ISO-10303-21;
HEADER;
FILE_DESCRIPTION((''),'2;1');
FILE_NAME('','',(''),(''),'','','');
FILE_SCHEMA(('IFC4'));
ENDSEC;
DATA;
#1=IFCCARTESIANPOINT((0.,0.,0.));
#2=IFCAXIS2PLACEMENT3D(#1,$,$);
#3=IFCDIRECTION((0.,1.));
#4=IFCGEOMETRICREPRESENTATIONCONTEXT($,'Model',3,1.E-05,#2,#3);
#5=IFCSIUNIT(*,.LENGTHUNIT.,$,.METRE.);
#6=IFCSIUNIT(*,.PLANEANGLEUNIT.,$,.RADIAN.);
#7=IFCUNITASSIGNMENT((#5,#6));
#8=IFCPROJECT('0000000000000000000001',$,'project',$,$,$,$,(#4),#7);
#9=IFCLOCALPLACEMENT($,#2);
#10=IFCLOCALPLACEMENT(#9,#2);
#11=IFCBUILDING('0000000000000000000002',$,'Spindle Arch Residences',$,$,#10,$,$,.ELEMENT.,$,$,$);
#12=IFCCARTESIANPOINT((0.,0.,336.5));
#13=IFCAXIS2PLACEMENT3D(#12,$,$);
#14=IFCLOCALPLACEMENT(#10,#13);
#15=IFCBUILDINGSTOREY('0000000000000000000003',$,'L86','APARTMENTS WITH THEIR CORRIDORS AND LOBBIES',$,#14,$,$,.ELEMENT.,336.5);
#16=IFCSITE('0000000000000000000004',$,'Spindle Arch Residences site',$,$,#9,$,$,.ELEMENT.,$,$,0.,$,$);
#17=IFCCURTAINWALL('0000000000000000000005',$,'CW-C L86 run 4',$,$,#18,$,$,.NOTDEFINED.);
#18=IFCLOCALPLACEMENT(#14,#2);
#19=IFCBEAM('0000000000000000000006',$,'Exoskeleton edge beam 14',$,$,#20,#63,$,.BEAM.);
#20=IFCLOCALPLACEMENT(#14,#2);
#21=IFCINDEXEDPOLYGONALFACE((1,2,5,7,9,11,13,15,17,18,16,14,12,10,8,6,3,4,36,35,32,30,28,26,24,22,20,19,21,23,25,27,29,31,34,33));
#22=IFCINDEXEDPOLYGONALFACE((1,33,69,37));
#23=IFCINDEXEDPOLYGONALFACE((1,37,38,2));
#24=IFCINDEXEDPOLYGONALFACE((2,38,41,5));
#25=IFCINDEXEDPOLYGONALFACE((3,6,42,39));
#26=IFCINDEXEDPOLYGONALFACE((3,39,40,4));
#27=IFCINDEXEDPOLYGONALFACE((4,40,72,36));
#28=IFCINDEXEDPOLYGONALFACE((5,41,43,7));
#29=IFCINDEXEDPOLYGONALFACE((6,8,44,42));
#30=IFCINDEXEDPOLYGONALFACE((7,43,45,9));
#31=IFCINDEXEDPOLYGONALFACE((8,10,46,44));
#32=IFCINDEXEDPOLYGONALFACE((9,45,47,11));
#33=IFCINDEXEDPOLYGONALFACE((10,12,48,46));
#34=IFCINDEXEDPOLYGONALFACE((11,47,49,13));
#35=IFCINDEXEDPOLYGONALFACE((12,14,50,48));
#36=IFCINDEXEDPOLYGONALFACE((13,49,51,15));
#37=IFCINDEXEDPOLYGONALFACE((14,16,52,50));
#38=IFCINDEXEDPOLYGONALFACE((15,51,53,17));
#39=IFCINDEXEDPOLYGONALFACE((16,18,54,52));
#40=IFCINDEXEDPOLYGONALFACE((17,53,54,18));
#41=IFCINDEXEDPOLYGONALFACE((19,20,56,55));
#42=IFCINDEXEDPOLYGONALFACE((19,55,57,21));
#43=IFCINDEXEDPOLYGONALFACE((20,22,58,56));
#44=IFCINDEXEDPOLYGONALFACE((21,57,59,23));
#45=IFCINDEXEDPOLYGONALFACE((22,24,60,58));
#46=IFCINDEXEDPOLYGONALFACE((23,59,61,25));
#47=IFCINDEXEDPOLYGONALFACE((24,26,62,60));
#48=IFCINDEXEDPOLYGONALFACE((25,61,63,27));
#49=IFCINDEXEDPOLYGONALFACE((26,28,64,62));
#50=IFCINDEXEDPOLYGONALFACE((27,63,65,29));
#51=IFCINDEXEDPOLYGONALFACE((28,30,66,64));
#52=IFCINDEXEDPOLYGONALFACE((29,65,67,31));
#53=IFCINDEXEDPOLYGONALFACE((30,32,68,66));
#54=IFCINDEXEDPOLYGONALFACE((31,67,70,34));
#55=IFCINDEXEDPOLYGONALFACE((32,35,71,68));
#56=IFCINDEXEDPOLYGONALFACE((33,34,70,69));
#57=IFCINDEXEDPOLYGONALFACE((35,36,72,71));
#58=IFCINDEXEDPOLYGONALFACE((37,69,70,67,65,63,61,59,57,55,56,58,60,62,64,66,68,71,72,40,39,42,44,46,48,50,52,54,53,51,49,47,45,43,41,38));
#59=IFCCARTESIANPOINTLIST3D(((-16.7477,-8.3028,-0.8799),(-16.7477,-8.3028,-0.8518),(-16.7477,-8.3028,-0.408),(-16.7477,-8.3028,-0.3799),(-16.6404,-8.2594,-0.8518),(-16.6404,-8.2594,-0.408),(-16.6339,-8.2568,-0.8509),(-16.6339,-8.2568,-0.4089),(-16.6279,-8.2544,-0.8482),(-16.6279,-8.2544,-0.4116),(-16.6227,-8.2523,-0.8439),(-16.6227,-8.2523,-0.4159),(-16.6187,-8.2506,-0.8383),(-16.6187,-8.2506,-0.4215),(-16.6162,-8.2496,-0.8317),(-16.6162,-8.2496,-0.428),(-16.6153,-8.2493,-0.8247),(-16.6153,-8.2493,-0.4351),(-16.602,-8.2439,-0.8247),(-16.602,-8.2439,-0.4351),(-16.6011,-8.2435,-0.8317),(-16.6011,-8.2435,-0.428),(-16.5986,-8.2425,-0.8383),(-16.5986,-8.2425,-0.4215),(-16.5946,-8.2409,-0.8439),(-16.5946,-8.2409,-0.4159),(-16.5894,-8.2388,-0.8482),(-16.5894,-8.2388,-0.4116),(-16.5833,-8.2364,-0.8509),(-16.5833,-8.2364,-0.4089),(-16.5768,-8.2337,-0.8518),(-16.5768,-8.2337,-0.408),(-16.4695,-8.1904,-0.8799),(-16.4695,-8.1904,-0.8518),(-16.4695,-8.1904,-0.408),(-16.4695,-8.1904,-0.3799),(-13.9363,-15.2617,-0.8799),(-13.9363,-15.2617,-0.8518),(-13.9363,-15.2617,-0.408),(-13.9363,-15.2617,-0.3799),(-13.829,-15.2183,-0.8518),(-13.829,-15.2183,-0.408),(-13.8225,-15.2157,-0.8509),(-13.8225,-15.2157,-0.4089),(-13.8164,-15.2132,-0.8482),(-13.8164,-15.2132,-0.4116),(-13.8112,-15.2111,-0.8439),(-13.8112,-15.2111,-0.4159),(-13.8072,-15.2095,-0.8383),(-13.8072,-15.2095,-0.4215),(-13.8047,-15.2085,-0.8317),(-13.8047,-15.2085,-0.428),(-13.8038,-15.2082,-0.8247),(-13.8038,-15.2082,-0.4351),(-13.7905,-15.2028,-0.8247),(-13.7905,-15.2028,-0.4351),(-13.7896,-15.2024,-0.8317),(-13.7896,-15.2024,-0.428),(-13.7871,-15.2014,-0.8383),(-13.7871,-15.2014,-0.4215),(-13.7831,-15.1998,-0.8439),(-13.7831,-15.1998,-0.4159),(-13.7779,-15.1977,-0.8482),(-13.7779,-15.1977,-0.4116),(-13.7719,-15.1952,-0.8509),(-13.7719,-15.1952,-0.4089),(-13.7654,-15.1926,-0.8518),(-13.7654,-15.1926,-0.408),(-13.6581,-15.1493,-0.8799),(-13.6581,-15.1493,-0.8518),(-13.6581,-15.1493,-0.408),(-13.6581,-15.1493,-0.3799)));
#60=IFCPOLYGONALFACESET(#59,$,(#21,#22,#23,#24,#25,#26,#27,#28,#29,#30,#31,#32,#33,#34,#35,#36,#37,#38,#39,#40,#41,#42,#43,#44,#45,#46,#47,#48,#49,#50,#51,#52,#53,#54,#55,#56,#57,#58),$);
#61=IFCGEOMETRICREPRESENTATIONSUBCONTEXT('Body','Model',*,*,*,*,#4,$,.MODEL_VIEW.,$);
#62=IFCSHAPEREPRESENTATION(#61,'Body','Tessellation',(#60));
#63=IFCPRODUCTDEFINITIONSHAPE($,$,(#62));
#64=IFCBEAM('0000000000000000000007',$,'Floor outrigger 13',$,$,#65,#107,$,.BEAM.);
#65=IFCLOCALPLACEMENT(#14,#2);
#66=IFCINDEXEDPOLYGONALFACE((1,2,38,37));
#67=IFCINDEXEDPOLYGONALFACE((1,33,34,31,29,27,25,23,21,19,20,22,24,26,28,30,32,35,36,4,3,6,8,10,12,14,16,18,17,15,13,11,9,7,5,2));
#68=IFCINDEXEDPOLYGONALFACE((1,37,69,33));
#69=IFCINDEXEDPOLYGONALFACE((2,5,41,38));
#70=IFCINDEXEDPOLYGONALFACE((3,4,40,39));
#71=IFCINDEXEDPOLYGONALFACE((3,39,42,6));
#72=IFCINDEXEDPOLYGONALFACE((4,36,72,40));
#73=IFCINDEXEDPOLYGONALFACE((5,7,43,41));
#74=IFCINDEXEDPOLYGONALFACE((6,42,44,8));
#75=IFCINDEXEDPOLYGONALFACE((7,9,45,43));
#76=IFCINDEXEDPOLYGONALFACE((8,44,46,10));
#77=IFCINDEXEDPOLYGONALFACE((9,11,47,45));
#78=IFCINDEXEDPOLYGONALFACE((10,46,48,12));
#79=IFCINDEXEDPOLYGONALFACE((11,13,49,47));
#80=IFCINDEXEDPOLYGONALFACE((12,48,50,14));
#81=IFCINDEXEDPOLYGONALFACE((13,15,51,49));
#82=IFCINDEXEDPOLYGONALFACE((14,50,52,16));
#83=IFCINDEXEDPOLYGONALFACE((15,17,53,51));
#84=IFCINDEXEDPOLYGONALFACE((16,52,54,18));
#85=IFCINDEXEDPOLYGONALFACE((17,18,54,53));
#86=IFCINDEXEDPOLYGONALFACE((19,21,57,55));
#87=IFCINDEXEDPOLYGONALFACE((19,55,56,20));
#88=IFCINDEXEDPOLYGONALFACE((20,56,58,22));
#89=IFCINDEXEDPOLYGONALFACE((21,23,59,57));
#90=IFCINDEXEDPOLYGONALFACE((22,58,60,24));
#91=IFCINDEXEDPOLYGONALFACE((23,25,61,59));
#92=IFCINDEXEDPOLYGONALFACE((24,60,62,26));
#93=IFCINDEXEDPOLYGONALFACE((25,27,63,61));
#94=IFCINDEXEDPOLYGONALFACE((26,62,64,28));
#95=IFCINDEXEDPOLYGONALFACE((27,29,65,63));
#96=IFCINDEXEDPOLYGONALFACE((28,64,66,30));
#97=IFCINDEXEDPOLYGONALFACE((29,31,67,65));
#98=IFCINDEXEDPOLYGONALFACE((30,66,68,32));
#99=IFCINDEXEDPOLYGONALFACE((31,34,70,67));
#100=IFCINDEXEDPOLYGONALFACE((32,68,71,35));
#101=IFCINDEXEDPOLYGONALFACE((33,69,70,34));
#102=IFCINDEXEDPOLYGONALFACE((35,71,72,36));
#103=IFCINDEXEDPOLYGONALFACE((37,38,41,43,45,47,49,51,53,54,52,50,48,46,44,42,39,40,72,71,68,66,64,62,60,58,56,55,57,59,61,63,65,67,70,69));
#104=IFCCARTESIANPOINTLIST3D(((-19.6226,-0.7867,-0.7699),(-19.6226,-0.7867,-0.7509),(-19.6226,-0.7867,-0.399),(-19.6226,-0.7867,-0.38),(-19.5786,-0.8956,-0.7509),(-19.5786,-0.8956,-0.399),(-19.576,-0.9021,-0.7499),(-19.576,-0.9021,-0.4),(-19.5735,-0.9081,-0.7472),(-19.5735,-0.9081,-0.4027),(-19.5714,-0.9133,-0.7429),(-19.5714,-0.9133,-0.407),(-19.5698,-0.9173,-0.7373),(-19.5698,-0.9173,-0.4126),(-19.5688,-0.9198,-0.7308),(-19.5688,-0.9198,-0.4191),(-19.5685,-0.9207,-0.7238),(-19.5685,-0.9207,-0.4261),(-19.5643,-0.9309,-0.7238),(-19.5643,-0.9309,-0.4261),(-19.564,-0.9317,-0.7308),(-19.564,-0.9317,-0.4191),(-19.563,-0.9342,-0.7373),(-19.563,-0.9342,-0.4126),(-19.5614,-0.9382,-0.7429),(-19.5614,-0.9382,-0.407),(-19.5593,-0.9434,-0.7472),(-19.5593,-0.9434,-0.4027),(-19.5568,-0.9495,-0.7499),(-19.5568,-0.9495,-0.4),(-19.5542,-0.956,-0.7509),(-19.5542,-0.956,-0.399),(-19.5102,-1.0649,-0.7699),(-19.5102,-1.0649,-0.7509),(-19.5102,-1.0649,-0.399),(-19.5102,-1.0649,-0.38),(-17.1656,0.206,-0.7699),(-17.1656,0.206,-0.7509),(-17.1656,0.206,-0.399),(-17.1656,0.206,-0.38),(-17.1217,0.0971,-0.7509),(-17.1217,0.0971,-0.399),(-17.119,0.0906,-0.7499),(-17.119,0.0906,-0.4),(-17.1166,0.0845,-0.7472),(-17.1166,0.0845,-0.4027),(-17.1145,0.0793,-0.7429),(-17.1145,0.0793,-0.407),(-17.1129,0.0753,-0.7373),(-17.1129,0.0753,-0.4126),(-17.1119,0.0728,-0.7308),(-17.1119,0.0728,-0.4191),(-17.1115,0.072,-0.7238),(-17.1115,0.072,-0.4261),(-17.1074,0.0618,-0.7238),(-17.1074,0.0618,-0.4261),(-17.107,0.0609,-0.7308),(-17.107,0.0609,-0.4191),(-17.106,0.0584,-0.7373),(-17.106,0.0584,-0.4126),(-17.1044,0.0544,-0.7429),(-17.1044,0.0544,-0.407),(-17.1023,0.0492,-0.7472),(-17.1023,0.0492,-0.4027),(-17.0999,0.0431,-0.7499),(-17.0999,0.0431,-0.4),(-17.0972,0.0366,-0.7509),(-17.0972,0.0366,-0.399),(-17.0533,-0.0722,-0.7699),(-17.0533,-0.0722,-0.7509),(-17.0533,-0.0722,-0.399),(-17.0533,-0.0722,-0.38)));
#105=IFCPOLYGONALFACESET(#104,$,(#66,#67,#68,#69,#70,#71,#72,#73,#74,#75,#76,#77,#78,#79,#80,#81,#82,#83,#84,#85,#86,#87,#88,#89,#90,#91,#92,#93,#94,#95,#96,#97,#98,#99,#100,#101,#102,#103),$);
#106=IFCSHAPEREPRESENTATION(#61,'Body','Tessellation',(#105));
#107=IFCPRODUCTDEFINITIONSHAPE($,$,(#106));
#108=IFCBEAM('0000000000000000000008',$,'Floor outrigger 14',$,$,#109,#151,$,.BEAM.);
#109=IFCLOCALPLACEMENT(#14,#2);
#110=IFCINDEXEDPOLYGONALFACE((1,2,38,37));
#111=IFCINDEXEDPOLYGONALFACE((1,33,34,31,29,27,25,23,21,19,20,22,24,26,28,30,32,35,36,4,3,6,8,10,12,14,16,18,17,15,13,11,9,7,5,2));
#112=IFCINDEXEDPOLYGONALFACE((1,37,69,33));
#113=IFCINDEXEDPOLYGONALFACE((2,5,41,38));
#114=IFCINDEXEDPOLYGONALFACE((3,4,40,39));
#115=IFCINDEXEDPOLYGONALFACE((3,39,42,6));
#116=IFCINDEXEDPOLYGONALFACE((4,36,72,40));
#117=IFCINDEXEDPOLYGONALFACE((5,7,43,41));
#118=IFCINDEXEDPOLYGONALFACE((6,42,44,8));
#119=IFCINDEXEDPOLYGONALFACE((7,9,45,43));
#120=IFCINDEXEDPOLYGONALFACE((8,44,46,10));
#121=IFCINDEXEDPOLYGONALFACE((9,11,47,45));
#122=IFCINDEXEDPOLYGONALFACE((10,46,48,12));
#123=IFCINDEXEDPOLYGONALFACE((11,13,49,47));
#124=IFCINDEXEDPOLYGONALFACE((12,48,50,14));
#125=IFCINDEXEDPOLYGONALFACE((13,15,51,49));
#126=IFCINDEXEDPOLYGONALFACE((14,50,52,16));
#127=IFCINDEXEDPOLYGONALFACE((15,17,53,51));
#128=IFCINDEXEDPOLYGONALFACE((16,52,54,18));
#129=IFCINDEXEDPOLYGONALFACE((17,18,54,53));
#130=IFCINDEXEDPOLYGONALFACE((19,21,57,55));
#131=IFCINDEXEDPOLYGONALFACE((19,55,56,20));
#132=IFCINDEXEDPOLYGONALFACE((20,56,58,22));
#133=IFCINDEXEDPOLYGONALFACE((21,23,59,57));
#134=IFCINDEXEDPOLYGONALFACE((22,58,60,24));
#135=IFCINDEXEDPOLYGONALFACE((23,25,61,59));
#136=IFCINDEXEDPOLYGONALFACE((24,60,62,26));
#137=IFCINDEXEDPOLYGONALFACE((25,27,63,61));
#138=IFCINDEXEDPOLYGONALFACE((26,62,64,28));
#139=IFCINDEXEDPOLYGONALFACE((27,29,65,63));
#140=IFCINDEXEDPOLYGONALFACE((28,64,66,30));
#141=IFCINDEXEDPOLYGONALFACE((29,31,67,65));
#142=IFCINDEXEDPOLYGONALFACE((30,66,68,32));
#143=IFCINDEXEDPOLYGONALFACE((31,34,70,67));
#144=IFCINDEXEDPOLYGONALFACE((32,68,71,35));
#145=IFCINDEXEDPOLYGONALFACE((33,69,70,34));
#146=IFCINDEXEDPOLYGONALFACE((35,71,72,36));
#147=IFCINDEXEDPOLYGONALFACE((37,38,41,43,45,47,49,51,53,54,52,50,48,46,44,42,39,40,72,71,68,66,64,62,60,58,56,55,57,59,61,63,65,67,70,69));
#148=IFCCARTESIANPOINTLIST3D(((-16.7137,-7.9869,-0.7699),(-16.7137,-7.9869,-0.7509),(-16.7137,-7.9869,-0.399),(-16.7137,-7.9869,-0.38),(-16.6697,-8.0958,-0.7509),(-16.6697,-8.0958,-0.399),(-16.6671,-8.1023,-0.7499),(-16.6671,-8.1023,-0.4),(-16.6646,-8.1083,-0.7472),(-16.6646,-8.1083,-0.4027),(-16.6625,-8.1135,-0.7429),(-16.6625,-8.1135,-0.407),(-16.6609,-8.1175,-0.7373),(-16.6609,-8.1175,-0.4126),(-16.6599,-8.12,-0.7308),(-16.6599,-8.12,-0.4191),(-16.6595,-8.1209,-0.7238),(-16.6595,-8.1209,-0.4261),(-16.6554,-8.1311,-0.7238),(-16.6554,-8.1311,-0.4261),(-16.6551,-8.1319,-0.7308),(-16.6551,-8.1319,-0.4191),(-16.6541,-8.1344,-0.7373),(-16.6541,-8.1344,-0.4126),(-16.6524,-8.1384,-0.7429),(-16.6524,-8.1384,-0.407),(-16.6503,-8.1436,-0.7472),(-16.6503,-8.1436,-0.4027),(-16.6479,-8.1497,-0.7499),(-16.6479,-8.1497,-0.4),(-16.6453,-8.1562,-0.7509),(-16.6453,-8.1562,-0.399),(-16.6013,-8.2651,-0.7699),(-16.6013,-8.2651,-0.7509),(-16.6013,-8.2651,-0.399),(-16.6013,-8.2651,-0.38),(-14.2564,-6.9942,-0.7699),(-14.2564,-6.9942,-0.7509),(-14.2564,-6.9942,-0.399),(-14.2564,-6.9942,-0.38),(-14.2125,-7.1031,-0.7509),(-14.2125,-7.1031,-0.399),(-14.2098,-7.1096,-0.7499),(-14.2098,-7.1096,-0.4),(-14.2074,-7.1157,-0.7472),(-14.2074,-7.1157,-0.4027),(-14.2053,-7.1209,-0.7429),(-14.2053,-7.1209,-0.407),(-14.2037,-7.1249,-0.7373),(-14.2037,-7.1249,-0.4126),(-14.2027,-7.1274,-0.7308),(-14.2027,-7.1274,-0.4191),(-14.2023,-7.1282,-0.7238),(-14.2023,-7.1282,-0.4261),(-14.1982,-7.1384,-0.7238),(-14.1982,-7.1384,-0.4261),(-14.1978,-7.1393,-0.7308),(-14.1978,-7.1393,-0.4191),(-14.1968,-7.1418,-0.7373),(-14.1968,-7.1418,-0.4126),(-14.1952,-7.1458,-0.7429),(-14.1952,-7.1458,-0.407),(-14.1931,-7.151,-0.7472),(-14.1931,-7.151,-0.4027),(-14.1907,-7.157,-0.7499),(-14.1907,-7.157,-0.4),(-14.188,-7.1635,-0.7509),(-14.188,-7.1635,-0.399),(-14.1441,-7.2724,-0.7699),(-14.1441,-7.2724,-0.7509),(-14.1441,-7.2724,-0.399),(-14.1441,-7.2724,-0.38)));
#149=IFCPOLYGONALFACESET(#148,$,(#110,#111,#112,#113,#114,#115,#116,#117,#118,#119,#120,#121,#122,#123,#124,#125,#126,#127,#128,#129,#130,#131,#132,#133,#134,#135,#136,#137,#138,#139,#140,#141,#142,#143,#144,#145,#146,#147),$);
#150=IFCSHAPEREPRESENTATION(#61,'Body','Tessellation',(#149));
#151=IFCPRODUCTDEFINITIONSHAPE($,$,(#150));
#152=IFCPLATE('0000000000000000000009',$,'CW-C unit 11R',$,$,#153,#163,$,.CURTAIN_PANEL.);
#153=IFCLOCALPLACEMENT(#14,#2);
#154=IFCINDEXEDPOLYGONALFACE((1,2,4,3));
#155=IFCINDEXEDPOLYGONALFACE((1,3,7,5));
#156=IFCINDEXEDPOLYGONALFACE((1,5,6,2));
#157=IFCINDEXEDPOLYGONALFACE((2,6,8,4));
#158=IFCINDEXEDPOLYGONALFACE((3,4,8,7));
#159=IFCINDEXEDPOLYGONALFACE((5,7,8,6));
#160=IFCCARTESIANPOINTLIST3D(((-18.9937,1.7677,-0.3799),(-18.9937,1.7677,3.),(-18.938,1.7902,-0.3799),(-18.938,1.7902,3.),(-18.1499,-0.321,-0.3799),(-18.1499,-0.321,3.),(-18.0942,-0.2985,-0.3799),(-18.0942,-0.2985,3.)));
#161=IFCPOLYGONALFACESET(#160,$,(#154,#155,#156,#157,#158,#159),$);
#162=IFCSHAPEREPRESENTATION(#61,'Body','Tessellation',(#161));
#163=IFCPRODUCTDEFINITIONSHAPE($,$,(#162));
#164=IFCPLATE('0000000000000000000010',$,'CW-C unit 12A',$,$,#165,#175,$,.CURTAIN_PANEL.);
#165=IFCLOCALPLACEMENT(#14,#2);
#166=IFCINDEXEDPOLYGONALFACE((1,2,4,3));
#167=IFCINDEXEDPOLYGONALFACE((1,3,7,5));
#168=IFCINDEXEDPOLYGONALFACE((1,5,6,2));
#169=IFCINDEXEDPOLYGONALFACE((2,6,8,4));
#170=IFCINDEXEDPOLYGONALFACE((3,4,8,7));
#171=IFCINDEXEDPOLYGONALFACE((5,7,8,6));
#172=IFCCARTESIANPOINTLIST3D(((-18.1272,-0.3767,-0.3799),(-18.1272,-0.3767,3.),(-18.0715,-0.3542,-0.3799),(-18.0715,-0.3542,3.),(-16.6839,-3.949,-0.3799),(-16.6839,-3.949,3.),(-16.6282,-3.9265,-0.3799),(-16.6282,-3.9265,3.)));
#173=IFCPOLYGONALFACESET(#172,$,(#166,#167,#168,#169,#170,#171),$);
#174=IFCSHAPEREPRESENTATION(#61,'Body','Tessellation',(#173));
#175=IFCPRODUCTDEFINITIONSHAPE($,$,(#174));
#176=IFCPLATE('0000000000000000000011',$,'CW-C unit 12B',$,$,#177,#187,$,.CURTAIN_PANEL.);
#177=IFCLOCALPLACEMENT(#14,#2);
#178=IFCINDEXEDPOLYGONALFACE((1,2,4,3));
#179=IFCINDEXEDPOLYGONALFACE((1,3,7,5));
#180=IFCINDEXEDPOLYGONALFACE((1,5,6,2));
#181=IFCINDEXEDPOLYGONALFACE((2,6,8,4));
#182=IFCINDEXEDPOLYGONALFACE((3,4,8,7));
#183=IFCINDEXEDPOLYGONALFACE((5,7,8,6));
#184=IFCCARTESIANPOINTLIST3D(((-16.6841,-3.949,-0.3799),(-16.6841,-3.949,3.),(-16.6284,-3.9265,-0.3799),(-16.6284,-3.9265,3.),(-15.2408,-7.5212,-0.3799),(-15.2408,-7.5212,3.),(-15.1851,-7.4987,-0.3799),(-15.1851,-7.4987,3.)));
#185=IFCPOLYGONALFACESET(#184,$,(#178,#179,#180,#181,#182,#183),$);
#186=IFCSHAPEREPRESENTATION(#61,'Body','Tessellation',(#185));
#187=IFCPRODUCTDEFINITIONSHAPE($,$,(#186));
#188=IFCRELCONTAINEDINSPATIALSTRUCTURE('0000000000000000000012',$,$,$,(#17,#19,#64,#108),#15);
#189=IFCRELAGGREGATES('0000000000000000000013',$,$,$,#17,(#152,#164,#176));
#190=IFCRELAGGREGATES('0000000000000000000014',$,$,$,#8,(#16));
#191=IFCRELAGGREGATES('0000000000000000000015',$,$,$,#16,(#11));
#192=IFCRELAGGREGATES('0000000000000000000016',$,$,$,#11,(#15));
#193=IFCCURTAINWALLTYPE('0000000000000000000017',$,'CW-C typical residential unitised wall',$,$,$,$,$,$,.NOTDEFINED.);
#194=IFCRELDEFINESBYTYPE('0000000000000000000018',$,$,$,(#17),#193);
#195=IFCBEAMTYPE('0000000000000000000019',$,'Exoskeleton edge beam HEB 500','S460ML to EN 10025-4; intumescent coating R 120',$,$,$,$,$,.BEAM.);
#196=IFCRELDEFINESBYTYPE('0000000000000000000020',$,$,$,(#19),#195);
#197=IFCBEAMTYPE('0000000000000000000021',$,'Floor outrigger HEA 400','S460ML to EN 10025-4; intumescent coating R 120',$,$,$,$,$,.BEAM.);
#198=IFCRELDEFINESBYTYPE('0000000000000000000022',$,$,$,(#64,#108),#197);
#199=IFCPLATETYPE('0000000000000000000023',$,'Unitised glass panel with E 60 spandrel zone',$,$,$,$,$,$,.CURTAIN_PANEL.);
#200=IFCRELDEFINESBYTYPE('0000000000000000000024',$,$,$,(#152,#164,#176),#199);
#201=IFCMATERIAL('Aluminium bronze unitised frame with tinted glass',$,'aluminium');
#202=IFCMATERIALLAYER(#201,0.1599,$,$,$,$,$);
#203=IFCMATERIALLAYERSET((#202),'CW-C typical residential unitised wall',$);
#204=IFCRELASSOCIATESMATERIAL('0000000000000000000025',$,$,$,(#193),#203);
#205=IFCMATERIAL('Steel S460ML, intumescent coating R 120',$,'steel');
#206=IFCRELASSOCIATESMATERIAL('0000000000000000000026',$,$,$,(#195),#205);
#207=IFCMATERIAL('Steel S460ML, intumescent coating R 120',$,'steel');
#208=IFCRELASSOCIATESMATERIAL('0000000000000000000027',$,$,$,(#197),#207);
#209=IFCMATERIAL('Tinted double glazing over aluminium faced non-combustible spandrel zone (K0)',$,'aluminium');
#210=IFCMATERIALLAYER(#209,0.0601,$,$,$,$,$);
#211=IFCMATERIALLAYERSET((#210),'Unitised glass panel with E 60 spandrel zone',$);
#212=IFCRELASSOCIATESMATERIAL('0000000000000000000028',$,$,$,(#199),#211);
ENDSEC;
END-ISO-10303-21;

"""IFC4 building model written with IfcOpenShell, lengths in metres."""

from ifc_helpers import new_model, si_unit, direction, frame, origin, origin_2d, place, context, subcontext, project, spatial, rectangle, i_section, extrude, material, layer, layer_set, material_profile, profile_set, type_object, element, aggregate, save


model = new_model("IFC4")

# Units and contexts
model_context = context("Model", 3, precision=1e-05, world=origin(), true_north=direction((0.0, 1.0)))
body_context = subcontext(model_context, "Body", "Model", "MODEL_VIEW")
ifc_project = project(units=[si_unit("LENGTHUNIT", "METRE"), si_unit("PLANEANGLEUNIT", "RADIAN")], contexts=[model_context])

# Site, building, storey
site_placement = place(None, origin())
site = spatial("IfcSite", under=ifc_project, at=site_placement, Name="Spindle Arch Residences site", CompositionType="ELEMENT", RefElevation=0.0)
building_placement = place(site_placement, origin())
building = spatial("IfcBuilding", under=site, at=building_placement, Name="Spindle Arch Residences", CompositionType="ELEMENT")
storey_placement = place(building_placement, frame((0.0, 0.0, 336.5)))
storey = spatial("IfcBuildingStorey", under=building, at=storey_placement, Name="L86", Description="APARTMENTS WITH THEIR CORRIDORS AND LOBBIES", CompositionType="ELEMENT", Elevation=336.5)

# Curtain wall
ifc_material_1 = material(Name="Aluminium bronze unitised frame with tinted glass", Category="aluminium")
ifc_layer_1 = layer(ifc_material_1, 0.1599)
ifc_layer_set_1 = layer_set([ifc_layer_1], Name="CW-C typical residential unitised wall")
curtain_wall_type = type_object("IfcCurtainWallType", Name="CW-C typical residential unitised wall", PredefinedType="NOTDEFINED", material=ifc_layer_set_1)
curtain_wall_placement = place(storey_placement, origin())
curtain_wall = element("IfcCurtainWall", 1, at=curtain_wall_placement, inside=storey, type_object=curtain_wall_type, Name="CW-C L86 run 4", PredefinedType="NOTDEFINED")

# Beams
ifc_material_2 = material(Name="Steel S460ML, intumescent coating R 120", Category="steel")
ifc_material_profile_1 = material_profile(ifc_material_2, i_section(OverallWidth=0.3, OverallDepth=0.5, WebThickness=0.0144, FlangeThickness=0.0281, FilletRadius=0.0271, at=origin_2d()), Name="HEB 500")
ifc_profile_set_1 = profile_set([ifc_material_profile_1], Name="Steel S460ML, intumescent coating R 120")
beam_type_1 = type_object("IfcBeamType", Name="Exoskeleton edge beam HEB 500", Description="S460ML to EN 10025-4; intumescent coating R 120", PredefinedType="BEAM", material=ifc_profile_set_1)
for number, where, z_axis, x_axis, name in (
    (2, (-16.6086, -8.2466, -0.6299), (0.374596, -0.927188, 0.0), (0.927188, 0.374596, 0.0), "Exoskeleton edge beam 14"),
):
    element("IfcBeam", number, at=place(storey_placement, frame(where, z_axis=z_axis, x_axis=x_axis)), inside=storey, type_object=beam_type_1, Name=name, PredefinedType="BEAM", context=body_context, shape_type="SweptSolid", body=[
        extrude(i_section(OverallWidth=0.3, OverallDepth=0.5, WebThickness=0.0144, FlangeThickness=0.0281, FilletRadius=0.0271, at=origin_2d()), origin(), (0.0, 0.0, 1.0), 7.5054),
    ])
ifc_material_3 = material(Name="Steel S460ML, intumescent coating R 120", Category="steel")
ifc_material_profile_2 = material_profile(ifc_material_3, i_section(OverallWidth=0.3, OverallDepth=0.3899, WebThickness=0.011, FlangeThickness=0.019, FilletRadius=0.0271, at=origin_2d()), Name="HEA 400")
ifc_profile_set_2 = profile_set([ifc_material_profile_2], Name="Steel S460ML, intumescent coating R 120")
beam_type_2 = type_object("IfcBeamType", Name="Floor outrigger HEA 400", Description="S460ML to EN 10025-4; intumescent coating R 120", PredefinedType="BEAM", material=ifc_profile_set_2)
beam_1_placement = place(storey_placement, frame((-19.5664, -0.9258, -0.575), z_axis=(0.927188, 0.374597, 0.0), x_axis=(-0.374597, 0.927188, 0.0)))
element("IfcBeam", 3, at=beam_1_placement, inside=storey, type_object=beam_type_2, Name="Floor outrigger 13", PredefinedType="BEAM", context=body_context, shape_type="SweptSolid", body=[
    extrude(i_section(OverallWidth=0.3, OverallDepth=0.3899, WebThickness=0.011, FlangeThickness=0.019, FilletRadius=0.0271, at=origin_2d()), origin(), (0.0, 0.0, 1.0), 2.6499),
])
beam_2_placement = place(storey_placement, frame((-16.6575, -8.126, -0.575), z_axis=(0.927201, 0.374565, 0.0), x_axis=(-0.374565, 0.927201, 0.0)))
element("IfcBeam", 4, at=beam_2_placement, inside=storey, type_object=beam_type_2, Name="Floor outrigger 14", PredefinedType="BEAM", context=body_context, shape_type="SweptSolid", body=[
    extrude(i_section(OverallWidth=0.3, OverallDepth=0.3899, WebThickness=0.011, FlangeThickness=0.019, FilletRadius=0.0271, at=origin_2d()), origin(), (0.0, 0.0, 1.0), 2.6501),
])

# Plates
ifc_material_4 = material(Name="Tinted double glazing over aluminium faced non-combustible spandrel zone (K0)", Category="aluminium")
ifc_layer_2 = layer(ifc_material_4, 0.0601)
ifc_layer_set_2 = layer_set([ifc_layer_2], Name="Unitised glass panel with E 60 spandrel zone")
plate_type = type_object("IfcPlateType", Name="Unitised glass panel with E 60 spandrel zone", PredefinedType="CURTAIN_PANEL", material=ifc_layer_set_2)
plate_1_placement = place(storey_placement, frame((-18.5439, 0.7346, -0.3799), z_axis=(0.0, 0.0, 1.0), x_axis=(0.374607, -0.927184, 0.0)))
plate_1 = element("IfcPlate", 5, at=plate_1_placement, type_object=plate_type, Name="CW-C unit 11R", PredefinedType="CURTAIN_PANEL", context=body_context, shape_type="SweptSolid", body=[
    extrude(rectangle(XDim=2.2527, YDim=0.0601, at=origin_2d()), origin(), (0.0, 0.0, 1.0), 3.3799),
])
plate_2_placement = place(storey_placement, frame((-17.3777, -2.1516, -0.3799), z_axis=(0.0, 0.0, 1.0), x_axis=(0.374607, -0.927184, 0.0)))
plate_2 = element("IfcPlate", 6, at=plate_2_placement, type_object=plate_type, Name="CW-C unit 12A", PredefinedType="CURTAIN_PANEL", context=body_context, shape_type="SweptSolid", body=[
    extrude(rectangle(XDim=3.8528, YDim=0.0601, at=origin_2d()), origin(), (0.0, 0.0, 1.0), 3.3799),
])
plate_3_placement = place(storey_placement, frame((-15.9346, -5.7239, -0.3799), z_axis=(0.0, 0.0, 1.0), x_axis=(0.374607, -0.927184, 0.0)))
plate_3 = element("IfcPlate", 7, at=plate_3_placement, type_object=plate_type, Name="CW-C unit 12B", PredefinedType="CURTAIN_PANEL", context=body_context, shape_type="SweptSolid", body=[
    extrude(rectangle(XDim=3.8528, YDim=0.0601, at=origin_2d()), origin(), (0.0, 0.0, 1.0), 3.3799),
])
aggregate(curtain_wall, [plate_1, plate_2, plate_3])

save(model, "model.ifc")
